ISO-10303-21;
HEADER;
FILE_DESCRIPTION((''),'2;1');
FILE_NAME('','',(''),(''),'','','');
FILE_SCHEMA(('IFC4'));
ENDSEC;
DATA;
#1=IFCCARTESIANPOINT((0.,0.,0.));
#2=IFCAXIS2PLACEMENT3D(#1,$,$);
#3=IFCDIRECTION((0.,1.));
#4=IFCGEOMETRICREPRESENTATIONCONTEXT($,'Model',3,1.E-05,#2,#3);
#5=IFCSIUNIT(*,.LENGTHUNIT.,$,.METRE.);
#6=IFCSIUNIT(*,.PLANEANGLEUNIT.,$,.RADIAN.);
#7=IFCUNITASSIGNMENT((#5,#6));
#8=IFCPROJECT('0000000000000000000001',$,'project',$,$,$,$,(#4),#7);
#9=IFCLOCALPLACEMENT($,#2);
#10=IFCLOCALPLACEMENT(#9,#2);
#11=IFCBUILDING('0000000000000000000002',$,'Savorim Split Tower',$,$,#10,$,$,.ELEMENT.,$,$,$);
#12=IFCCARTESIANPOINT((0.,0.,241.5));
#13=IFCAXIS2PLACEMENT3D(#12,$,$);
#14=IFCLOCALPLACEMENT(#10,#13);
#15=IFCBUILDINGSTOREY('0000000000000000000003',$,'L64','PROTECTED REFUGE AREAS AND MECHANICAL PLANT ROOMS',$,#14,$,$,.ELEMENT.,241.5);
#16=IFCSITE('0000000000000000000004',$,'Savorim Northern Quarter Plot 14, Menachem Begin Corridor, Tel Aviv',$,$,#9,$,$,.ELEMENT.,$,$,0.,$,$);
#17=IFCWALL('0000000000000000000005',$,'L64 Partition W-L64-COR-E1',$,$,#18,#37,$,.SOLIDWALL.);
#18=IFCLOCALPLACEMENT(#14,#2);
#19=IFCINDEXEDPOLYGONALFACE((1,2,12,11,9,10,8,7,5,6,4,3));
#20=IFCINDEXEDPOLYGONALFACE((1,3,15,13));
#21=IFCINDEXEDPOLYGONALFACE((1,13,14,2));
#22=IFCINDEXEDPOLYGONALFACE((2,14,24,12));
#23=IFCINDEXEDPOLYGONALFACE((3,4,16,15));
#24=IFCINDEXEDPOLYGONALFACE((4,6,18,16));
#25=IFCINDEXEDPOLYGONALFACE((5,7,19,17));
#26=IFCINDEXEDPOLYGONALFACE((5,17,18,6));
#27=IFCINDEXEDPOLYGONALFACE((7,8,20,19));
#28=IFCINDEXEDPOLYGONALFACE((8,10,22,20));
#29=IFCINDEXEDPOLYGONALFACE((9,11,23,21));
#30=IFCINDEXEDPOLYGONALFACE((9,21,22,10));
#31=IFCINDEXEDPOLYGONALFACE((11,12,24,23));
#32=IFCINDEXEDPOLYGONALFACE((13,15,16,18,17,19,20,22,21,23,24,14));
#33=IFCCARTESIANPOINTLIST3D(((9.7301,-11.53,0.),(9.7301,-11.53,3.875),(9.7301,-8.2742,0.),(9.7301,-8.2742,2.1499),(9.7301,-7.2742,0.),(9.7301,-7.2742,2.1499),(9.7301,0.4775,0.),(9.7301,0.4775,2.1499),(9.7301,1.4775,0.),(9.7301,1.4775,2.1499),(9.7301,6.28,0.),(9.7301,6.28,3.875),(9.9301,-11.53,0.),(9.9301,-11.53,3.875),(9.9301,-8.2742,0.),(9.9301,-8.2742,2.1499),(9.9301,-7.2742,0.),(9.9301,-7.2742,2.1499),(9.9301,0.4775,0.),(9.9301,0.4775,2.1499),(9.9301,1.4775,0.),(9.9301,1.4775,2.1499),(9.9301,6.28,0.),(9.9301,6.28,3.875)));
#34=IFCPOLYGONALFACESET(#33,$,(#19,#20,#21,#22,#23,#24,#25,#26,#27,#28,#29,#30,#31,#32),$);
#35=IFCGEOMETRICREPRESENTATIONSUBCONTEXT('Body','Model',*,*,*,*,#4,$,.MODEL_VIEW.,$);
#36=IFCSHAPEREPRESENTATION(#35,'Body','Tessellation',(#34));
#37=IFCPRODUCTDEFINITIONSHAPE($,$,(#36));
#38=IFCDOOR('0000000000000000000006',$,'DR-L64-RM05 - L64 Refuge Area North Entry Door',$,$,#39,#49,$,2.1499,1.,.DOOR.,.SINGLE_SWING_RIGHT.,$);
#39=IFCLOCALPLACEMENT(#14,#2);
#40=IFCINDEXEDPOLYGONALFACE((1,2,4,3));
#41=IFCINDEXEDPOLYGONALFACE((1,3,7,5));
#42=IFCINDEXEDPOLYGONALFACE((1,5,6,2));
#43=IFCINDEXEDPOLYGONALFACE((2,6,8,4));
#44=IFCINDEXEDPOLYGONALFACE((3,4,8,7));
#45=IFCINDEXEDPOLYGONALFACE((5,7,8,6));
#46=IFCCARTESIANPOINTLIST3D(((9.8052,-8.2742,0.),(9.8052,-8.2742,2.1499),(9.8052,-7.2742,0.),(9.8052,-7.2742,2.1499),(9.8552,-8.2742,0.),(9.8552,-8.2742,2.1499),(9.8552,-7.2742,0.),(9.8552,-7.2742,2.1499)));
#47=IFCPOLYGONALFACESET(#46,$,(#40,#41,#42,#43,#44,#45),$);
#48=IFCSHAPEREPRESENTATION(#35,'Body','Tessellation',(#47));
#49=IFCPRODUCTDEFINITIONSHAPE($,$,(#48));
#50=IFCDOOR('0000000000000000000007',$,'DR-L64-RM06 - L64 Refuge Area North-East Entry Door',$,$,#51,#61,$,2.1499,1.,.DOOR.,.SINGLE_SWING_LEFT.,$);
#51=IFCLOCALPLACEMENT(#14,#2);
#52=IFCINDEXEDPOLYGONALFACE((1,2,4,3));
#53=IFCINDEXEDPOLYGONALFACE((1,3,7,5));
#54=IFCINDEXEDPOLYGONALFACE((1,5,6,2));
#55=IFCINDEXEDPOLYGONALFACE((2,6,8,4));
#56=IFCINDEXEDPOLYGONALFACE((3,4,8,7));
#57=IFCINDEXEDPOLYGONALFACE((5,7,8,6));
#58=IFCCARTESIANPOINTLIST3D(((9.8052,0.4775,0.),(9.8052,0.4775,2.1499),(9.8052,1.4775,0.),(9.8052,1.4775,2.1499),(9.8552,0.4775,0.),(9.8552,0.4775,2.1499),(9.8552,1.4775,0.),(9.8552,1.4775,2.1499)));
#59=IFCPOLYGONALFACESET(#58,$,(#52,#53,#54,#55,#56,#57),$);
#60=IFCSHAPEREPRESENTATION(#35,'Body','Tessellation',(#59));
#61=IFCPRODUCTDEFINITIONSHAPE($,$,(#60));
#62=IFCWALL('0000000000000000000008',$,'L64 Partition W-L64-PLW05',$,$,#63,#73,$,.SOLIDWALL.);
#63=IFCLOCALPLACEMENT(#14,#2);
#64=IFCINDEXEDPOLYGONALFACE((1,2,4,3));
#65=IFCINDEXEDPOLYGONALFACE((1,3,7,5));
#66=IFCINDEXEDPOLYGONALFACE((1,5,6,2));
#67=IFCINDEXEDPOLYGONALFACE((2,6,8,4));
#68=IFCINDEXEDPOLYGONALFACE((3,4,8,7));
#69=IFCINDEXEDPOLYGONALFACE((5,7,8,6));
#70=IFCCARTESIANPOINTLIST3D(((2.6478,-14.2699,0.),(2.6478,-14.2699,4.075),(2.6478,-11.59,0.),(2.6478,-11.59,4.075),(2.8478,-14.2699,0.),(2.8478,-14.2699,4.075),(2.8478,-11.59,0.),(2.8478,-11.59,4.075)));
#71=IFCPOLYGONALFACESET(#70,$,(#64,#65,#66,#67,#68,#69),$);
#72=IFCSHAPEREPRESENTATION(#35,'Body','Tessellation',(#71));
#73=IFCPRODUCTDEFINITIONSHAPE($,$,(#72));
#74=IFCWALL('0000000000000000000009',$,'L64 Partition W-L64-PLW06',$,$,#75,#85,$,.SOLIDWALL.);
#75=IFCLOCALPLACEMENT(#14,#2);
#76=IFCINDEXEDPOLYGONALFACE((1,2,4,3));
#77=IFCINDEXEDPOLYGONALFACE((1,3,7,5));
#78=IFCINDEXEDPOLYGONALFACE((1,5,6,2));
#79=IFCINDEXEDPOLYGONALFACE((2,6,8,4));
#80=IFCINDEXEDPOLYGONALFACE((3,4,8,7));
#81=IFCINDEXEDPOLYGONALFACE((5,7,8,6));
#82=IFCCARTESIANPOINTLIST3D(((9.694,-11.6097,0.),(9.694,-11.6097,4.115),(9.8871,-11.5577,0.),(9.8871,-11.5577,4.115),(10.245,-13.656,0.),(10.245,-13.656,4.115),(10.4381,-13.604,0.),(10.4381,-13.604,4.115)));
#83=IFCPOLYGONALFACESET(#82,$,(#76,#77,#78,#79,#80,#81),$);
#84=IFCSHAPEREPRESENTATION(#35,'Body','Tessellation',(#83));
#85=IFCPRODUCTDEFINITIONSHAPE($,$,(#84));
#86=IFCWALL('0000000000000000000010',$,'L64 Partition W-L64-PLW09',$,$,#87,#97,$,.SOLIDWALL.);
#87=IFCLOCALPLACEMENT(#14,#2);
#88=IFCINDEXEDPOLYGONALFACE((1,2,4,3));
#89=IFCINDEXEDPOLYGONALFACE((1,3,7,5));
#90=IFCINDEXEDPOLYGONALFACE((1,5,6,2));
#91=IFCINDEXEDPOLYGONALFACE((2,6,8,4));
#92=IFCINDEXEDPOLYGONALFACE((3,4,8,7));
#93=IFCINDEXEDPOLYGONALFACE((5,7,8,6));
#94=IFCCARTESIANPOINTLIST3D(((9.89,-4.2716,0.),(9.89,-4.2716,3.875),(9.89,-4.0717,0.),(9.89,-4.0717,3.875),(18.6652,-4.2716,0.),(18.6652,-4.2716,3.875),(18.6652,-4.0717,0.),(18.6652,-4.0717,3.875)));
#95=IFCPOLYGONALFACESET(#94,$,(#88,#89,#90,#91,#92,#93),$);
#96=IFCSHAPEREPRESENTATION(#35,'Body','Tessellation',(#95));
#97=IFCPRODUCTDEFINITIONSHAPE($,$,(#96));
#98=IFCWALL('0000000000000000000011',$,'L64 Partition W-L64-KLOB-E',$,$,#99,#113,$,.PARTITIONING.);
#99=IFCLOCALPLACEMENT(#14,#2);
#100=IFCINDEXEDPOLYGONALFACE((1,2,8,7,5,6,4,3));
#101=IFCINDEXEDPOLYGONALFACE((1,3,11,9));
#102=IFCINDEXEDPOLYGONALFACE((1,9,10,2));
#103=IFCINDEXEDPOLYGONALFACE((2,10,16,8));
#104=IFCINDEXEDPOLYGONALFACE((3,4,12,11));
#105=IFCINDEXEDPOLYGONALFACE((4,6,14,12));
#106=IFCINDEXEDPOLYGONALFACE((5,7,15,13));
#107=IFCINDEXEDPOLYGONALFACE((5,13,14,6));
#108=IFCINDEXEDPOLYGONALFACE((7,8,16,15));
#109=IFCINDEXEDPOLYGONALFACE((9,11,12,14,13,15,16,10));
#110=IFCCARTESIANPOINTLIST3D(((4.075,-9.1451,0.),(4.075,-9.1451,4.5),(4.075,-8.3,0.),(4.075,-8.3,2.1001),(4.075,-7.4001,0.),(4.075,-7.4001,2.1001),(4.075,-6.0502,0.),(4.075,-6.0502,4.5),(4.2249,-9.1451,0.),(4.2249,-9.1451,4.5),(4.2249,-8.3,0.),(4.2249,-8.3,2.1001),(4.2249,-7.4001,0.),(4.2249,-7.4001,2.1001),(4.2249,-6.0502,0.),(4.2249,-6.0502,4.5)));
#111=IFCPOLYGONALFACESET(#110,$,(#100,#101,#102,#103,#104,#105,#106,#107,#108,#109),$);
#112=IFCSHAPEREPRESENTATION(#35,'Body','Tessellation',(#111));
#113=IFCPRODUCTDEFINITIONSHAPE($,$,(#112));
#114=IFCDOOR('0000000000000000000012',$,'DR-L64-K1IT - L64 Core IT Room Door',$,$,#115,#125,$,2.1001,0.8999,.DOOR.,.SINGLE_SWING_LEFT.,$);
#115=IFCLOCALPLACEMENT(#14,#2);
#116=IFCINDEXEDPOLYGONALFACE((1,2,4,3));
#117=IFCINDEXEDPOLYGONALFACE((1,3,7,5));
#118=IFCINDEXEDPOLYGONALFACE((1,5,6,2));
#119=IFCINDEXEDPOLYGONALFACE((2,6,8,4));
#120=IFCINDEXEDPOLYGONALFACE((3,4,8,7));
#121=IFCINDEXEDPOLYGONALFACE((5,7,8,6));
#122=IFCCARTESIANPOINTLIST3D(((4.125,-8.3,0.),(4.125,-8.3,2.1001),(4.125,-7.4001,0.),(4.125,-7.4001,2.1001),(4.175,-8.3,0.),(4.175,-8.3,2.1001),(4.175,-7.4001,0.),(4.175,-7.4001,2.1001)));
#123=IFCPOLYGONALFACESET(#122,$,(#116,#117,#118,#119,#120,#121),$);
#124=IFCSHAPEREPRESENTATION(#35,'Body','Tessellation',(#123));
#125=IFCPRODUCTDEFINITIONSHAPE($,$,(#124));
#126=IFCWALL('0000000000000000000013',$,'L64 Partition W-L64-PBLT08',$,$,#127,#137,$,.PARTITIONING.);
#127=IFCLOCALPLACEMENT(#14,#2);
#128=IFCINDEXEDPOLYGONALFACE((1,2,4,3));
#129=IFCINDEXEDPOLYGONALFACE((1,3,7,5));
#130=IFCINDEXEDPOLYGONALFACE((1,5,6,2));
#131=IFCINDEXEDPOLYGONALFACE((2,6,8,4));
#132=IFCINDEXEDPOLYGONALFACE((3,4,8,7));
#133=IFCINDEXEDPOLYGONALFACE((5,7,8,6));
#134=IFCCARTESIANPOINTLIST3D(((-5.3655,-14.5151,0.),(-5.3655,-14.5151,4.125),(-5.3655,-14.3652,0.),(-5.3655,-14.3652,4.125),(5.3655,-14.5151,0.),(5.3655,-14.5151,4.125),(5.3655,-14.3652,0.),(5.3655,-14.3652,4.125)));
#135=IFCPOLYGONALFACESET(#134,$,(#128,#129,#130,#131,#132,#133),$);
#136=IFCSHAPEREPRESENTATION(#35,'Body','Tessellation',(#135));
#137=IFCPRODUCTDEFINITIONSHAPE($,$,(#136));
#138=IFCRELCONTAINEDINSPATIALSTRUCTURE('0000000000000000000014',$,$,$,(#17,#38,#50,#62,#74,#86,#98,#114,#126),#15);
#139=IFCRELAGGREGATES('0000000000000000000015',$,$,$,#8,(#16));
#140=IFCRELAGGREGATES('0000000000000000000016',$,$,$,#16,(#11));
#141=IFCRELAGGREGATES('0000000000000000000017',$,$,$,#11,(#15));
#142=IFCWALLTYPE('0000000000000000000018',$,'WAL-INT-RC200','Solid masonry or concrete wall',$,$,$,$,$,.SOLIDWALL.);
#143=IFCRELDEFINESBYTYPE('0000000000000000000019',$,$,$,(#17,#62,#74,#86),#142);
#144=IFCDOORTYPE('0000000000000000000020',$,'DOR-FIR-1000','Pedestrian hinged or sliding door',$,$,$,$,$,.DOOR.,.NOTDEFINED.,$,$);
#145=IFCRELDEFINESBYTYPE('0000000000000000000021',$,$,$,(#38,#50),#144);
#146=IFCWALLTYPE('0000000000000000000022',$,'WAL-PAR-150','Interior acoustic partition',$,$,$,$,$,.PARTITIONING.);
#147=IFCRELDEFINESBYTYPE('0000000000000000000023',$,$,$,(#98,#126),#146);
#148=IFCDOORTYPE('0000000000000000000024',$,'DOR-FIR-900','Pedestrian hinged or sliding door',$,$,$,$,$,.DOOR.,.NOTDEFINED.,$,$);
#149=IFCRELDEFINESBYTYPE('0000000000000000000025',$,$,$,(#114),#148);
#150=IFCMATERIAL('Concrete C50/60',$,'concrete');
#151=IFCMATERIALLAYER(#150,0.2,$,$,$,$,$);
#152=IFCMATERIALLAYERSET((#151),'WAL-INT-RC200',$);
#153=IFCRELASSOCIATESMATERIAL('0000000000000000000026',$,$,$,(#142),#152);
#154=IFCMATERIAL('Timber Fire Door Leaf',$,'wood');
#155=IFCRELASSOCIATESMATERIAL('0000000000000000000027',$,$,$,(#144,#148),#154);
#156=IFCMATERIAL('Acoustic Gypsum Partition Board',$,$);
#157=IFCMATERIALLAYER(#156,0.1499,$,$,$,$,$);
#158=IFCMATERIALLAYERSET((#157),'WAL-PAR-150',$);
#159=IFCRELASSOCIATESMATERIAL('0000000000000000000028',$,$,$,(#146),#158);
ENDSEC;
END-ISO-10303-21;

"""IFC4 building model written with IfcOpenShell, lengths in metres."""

from ifc_helpers import new_model, si_unit, direction, frame, frame_2d, origin, place, context, subcontext, project, spatial, rectangle, extrude, material, layer, layer_set, type_object, element, fill, save


model = new_model("IFC4")

# Units and contexts
model_context = context("Model", 3, precision=1e-05, world=origin(), true_north=direction((0.0, 1.0)))
body_context = subcontext(model_context, "Body", "Model", "MODEL_VIEW")
ifc_project = project(units=[si_unit("LENGTHUNIT", "METRE"), si_unit("PLANEANGLEUNIT", "RADIAN")], contexts=[model_context])

# Site, building, storey
site_placement = place(None, origin())
site = spatial("IfcSite", under=ifc_project, at=site_placement, Name="Savorim Northern Quarter Plot 14, Menachem Begin Corridor, Tel Aviv", CompositionType="ELEMENT", RefElevation=0.0)
building_placement = place(site_placement, origin())
building = spatial("IfcBuilding", under=site, at=building_placement, Name="Savorim Split Tower", CompositionType="ELEMENT")
storey_placement = place(building_placement, frame((0.0, 0.0, 241.5)))
storey = spatial("IfcBuildingStorey", under=building, at=storey_placement, Name="L64", Description="PROTECTED REFUGE AREAS AND MECHANICAL PLANT ROOMS", CompositionType="ELEMENT", Elevation=241.5)

# Shared definitions
ifc_material_1 = material(Name="Concrete C50/60", Category="concrete")
ifc_layer_1 = layer(ifc_material_1, 0.2)
ifc_layer_set_1 = layer_set([ifc_layer_1], Name="WAL-INT-RC200")
wall_type_1 = type_object("IfcWallType", Name="WAL-INT-RC200", Description="Solid masonry or concrete wall", PredefinedType="SOLIDWALL", material=ifc_layer_set_1)
ifc_material_2 = material(Name="Timber Fire Door Leaf", Category="wood")

# Wall, openings, doors
wall_1_placement = place(storey_placement, frame((9.8301, -11.53, 0.0), z_axis=(0.0, 0.0, 1.0), x_axis=(0.0, 1.0, 0.0)))
wall_1 = element("IfcWall", 1, at=wall_1_placement, inside=storey, type_object=wall_type_1, Name="L64 Partition W-L64-COR-E1", PredefinedType="SOLIDWALL", context=body_context, shape_type="SweptSolid", body=[
    extrude(rectangle(XDim=17.8101, YDim=0.2, at=frame_2d((8.905, 0.0))), origin(), (0.0, 0.0, 1.0), 3.875),
])
opening_1_placement = place(wall_1_placement, frame((3.2559, 0.0, 0.0)))
opening_1 = element("IfcOpeningElement", 2, at=opening_1_placement, cuts=wall_1, PredefinedType="OPENING", context=body_context, shape_type="SweptSolid", body=[
    extrude(rectangle(XDim=1.0, YDim=2.1499, at=frame_2d((0.5, 1.075))), frame((0.0, 0.1099, 0.0), z_axis=(0.0, -1.0, 0.0), x_axis=(1.0, 0.0, 0.0)), (0.0, 0.0, 1.0), 0.22),
])
opening_2_placement = place(wall_1_placement, frame((12.0076, 0.0, 0.0)))
opening_2 = element("IfcOpeningElement", 3, at=opening_2_placement, cuts=wall_1, PredefinedType="OPENING", context=body_context, shape_type="SweptSolid", body=[
    extrude(rectangle(XDim=1.0, YDim=2.1499, at=frame_2d((0.5, 1.075))), frame((0.0, 0.1099, 0.0), z_axis=(0.0, -1.0, 0.0), x_axis=(1.0, 0.0, 0.0)), (0.0, 0.0, 1.0), 0.22),
])
door_type_1 = type_object("IfcDoorType", Name="DOR-FIR-1000", Description="Pedestrian hinged or sliding door", OperationType="NOTDEFINED", PredefinedType="DOOR", material=ifc_material_2)
door_1_placement = place(opening_1_placement, origin())
door_1 = element("IfcDoor", 4, at=door_1_placement, inside=storey, type_object=door_type_1, Name="DR-L64-RM05 - L64 Refuge Area North Entry Door", OperationType="SINGLE_SWING_RIGHT", OverallHeight=2.1499, OverallWidth=1.0, PredefinedType="DOOR", context=body_context, shape_type="SweptSolid", body=[
    extrude(rectangle(XDim=1.0, YDim=2.1499, at=frame_2d((0.5, 1.075))), frame((0.0, 0.0249, 0.0), z_axis=(0.0, -1.0, 0.0), x_axis=(1.0, 0.0, 0.0)), (0.0, 0.0, 1.0), 0.05),
])
fill(opening_1, door_1)
door_2_placement = place(opening_2_placement, origin())
door_2 = element("IfcDoor", 5, at=door_2_placement, inside=storey, type_object=door_type_1, Name="DR-L64-RM06 - L64 Refuge Area North-East Entry Door", OperationType="SINGLE_SWING_LEFT", OverallHeight=2.1499, OverallWidth=1.0, PredefinedType="DOOR", context=body_context, shape_type="SweptSolid", body=[
    extrude(rectangle(XDim=1.0, YDim=2.1499, at=frame_2d((0.5, 1.075))), frame((0.0, 0.0249, 0.0), z_axis=(0.0, -1.0, 0.0), x_axis=(1.0, 0.0, 0.0)), (0.0, 0.0, 1.0), 0.05),
])
fill(opening_2, door_2)

# Walls
wall_2_placement = place(storey_placement, frame((2.7478, -11.5901, 0.0), z_axis=(0.0, 0.0, 1.0), x_axis=(0.0, -1.0, 0.0)))
element("IfcWall", 6, at=wall_2_placement, inside=storey, type_object=wall_type_1, Name="L64 Partition W-L64-PLW05", PredefinedType="SOLIDWALL", context=body_context, shape_type="SweptSolid", body=[
    extrude(rectangle(XDim=2.6799, YDim=0.2, at=frame_2d((1.3398, 0.0))), origin(), (0.0, 0.0, 1.0), 4.075),
])
wall_3_placement = place(storey_placement, frame((9.7905, -11.5837, 0.0), z_axis=(0.0, 0.0, 1.0), x_axis=(0.260035, -0.965599, 0.0)))
element("IfcWall", 7, at=wall_3_placement, inside=storey, type_object=wall_type_1, Name="L64 Partition W-L64-PLW06", PredefinedType="SOLIDWALL", context=body_context, shape_type="SweptSolid", body=[
    extrude(rectangle(XDim=2.1191, YDim=0.2, at=frame_2d((1.0596, 0.0))), origin(), (0.0, 0.0, 1.0), 4.115),
])
wall_4_placement = place(storey_placement, frame((9.8899, -4.1716, 0.0), z_axis=(0.0, 0.0, 1.0), x_axis=(1.0, 0.0, 0.0)))
element("IfcWall", 8, at=wall_4_placement, inside=storey, type_object=wall_type_1, Name="L64 Partition W-L64-PLW09", PredefinedType="SOLIDWALL", context=body_context, shape_type="SweptSolid", body=[
    extrude(rectangle(XDim=8.7751, YDim=0.2, at=frame_2d((4.3877, 0.0))), origin(), (0.0, 0.0, 1.0), 3.875),
])

# Wall, opening, door
ifc_material_3 = material(Name="Acoustic Gypsum Partition Board")
ifc_layer_2 = layer(ifc_material_3, 0.1499)
ifc_layer_set_2 = layer_set([ifc_layer_2], Name="WAL-PAR-150")
wall_type_2 = type_object("IfcWallType", Name="WAL-PAR-150", Description="Interior acoustic partition", PredefinedType="PARTITIONING", material=ifc_layer_set_2)
wall_5_placement = place(storey_placement, frame((4.1499, -9.145, 0.0), z_axis=(0.0, 0.0, 1.0), x_axis=(0.0, 1.0, 0.0)))
wall_5 = element("IfcWall", 9, at=wall_5_placement, inside=storey, type_object=wall_type_2, Name="L64 Partition W-L64-KLOB-E", PredefinedType="PARTITIONING", context=body_context, shape_type="SweptSolid", body=[
    extrude(rectangle(XDim=3.095, YDim=0.1499, at=frame_2d((1.5474, 0.0))), origin(), (0.0, 0.0, 1.0), 4.5),
])
opening_3_placement = place(wall_5_placement, frame((0.845, 0.0, 0.0)))
opening_3 = element("IfcOpeningElement", 10, at=opening_3_placement, cuts=wall_5, PredefinedType="OPENING", context=body_context, shape_type="SweptSolid", body=[
    extrude(rectangle(XDim=0.8999, YDim=2.1001, at=frame_2d((0.45, 1.05))), frame((0.0, 0.085, 0.0), z_axis=(0.0, -1.0, 0.0), x_axis=(1.0, 0.0, 0.0)), (0.0, 0.0, 1.0), 0.1699),
])
door_type_2 = type_object("IfcDoorType", Name="DOR-FIR-900", Description="Pedestrian hinged or sliding door", OperationType="NOTDEFINED", PredefinedType="DOOR", material=ifc_material_2)
door_3_placement = place(opening_3_placement, origin())
door_3 = element("IfcDoor", 11, at=door_3_placement, inside=storey, type_object=door_type_2, Name="DR-L64-K1IT - L64 Core IT Room Door", OperationType="SINGLE_SWING_LEFT", OverallHeight=2.1001, OverallWidth=0.8999, PredefinedType="DOOR", context=body_context, shape_type="SweptSolid", body=[
    extrude(rectangle(XDim=0.8999, YDim=2.1001, at=frame_2d((0.45, 1.05))), frame((0.0, 0.0249, 0.0), z_axis=(0.0, -1.0, 0.0), x_axis=(1.0, 0.0, 0.0)), (0.0, 0.0, 1.0), 0.05),
])
fill(opening_3, door_3)

# Wall
wall_6_placement = place(storey_placement, frame((5.3655, -14.4402, 0.0), z_axis=(0.0, 0.0, 1.0), x_axis=(-1.0, 0.0, 0.0)))
element("IfcWall", 12, at=wall_6_placement, inside=storey, type_object=wall_type_2, Name="L64 Partition W-L64-PBLT08", PredefinedType="PARTITIONING", context=body_context, shape_type="SweptSolid", body=[
    extrude(rectangle(XDim=10.731, YDim=0.1499, at=frame_2d((5.3655, 0.0))), origin(), (0.0, 0.0, 1.0), 4.125),
])

save(model, "model.ifc")
